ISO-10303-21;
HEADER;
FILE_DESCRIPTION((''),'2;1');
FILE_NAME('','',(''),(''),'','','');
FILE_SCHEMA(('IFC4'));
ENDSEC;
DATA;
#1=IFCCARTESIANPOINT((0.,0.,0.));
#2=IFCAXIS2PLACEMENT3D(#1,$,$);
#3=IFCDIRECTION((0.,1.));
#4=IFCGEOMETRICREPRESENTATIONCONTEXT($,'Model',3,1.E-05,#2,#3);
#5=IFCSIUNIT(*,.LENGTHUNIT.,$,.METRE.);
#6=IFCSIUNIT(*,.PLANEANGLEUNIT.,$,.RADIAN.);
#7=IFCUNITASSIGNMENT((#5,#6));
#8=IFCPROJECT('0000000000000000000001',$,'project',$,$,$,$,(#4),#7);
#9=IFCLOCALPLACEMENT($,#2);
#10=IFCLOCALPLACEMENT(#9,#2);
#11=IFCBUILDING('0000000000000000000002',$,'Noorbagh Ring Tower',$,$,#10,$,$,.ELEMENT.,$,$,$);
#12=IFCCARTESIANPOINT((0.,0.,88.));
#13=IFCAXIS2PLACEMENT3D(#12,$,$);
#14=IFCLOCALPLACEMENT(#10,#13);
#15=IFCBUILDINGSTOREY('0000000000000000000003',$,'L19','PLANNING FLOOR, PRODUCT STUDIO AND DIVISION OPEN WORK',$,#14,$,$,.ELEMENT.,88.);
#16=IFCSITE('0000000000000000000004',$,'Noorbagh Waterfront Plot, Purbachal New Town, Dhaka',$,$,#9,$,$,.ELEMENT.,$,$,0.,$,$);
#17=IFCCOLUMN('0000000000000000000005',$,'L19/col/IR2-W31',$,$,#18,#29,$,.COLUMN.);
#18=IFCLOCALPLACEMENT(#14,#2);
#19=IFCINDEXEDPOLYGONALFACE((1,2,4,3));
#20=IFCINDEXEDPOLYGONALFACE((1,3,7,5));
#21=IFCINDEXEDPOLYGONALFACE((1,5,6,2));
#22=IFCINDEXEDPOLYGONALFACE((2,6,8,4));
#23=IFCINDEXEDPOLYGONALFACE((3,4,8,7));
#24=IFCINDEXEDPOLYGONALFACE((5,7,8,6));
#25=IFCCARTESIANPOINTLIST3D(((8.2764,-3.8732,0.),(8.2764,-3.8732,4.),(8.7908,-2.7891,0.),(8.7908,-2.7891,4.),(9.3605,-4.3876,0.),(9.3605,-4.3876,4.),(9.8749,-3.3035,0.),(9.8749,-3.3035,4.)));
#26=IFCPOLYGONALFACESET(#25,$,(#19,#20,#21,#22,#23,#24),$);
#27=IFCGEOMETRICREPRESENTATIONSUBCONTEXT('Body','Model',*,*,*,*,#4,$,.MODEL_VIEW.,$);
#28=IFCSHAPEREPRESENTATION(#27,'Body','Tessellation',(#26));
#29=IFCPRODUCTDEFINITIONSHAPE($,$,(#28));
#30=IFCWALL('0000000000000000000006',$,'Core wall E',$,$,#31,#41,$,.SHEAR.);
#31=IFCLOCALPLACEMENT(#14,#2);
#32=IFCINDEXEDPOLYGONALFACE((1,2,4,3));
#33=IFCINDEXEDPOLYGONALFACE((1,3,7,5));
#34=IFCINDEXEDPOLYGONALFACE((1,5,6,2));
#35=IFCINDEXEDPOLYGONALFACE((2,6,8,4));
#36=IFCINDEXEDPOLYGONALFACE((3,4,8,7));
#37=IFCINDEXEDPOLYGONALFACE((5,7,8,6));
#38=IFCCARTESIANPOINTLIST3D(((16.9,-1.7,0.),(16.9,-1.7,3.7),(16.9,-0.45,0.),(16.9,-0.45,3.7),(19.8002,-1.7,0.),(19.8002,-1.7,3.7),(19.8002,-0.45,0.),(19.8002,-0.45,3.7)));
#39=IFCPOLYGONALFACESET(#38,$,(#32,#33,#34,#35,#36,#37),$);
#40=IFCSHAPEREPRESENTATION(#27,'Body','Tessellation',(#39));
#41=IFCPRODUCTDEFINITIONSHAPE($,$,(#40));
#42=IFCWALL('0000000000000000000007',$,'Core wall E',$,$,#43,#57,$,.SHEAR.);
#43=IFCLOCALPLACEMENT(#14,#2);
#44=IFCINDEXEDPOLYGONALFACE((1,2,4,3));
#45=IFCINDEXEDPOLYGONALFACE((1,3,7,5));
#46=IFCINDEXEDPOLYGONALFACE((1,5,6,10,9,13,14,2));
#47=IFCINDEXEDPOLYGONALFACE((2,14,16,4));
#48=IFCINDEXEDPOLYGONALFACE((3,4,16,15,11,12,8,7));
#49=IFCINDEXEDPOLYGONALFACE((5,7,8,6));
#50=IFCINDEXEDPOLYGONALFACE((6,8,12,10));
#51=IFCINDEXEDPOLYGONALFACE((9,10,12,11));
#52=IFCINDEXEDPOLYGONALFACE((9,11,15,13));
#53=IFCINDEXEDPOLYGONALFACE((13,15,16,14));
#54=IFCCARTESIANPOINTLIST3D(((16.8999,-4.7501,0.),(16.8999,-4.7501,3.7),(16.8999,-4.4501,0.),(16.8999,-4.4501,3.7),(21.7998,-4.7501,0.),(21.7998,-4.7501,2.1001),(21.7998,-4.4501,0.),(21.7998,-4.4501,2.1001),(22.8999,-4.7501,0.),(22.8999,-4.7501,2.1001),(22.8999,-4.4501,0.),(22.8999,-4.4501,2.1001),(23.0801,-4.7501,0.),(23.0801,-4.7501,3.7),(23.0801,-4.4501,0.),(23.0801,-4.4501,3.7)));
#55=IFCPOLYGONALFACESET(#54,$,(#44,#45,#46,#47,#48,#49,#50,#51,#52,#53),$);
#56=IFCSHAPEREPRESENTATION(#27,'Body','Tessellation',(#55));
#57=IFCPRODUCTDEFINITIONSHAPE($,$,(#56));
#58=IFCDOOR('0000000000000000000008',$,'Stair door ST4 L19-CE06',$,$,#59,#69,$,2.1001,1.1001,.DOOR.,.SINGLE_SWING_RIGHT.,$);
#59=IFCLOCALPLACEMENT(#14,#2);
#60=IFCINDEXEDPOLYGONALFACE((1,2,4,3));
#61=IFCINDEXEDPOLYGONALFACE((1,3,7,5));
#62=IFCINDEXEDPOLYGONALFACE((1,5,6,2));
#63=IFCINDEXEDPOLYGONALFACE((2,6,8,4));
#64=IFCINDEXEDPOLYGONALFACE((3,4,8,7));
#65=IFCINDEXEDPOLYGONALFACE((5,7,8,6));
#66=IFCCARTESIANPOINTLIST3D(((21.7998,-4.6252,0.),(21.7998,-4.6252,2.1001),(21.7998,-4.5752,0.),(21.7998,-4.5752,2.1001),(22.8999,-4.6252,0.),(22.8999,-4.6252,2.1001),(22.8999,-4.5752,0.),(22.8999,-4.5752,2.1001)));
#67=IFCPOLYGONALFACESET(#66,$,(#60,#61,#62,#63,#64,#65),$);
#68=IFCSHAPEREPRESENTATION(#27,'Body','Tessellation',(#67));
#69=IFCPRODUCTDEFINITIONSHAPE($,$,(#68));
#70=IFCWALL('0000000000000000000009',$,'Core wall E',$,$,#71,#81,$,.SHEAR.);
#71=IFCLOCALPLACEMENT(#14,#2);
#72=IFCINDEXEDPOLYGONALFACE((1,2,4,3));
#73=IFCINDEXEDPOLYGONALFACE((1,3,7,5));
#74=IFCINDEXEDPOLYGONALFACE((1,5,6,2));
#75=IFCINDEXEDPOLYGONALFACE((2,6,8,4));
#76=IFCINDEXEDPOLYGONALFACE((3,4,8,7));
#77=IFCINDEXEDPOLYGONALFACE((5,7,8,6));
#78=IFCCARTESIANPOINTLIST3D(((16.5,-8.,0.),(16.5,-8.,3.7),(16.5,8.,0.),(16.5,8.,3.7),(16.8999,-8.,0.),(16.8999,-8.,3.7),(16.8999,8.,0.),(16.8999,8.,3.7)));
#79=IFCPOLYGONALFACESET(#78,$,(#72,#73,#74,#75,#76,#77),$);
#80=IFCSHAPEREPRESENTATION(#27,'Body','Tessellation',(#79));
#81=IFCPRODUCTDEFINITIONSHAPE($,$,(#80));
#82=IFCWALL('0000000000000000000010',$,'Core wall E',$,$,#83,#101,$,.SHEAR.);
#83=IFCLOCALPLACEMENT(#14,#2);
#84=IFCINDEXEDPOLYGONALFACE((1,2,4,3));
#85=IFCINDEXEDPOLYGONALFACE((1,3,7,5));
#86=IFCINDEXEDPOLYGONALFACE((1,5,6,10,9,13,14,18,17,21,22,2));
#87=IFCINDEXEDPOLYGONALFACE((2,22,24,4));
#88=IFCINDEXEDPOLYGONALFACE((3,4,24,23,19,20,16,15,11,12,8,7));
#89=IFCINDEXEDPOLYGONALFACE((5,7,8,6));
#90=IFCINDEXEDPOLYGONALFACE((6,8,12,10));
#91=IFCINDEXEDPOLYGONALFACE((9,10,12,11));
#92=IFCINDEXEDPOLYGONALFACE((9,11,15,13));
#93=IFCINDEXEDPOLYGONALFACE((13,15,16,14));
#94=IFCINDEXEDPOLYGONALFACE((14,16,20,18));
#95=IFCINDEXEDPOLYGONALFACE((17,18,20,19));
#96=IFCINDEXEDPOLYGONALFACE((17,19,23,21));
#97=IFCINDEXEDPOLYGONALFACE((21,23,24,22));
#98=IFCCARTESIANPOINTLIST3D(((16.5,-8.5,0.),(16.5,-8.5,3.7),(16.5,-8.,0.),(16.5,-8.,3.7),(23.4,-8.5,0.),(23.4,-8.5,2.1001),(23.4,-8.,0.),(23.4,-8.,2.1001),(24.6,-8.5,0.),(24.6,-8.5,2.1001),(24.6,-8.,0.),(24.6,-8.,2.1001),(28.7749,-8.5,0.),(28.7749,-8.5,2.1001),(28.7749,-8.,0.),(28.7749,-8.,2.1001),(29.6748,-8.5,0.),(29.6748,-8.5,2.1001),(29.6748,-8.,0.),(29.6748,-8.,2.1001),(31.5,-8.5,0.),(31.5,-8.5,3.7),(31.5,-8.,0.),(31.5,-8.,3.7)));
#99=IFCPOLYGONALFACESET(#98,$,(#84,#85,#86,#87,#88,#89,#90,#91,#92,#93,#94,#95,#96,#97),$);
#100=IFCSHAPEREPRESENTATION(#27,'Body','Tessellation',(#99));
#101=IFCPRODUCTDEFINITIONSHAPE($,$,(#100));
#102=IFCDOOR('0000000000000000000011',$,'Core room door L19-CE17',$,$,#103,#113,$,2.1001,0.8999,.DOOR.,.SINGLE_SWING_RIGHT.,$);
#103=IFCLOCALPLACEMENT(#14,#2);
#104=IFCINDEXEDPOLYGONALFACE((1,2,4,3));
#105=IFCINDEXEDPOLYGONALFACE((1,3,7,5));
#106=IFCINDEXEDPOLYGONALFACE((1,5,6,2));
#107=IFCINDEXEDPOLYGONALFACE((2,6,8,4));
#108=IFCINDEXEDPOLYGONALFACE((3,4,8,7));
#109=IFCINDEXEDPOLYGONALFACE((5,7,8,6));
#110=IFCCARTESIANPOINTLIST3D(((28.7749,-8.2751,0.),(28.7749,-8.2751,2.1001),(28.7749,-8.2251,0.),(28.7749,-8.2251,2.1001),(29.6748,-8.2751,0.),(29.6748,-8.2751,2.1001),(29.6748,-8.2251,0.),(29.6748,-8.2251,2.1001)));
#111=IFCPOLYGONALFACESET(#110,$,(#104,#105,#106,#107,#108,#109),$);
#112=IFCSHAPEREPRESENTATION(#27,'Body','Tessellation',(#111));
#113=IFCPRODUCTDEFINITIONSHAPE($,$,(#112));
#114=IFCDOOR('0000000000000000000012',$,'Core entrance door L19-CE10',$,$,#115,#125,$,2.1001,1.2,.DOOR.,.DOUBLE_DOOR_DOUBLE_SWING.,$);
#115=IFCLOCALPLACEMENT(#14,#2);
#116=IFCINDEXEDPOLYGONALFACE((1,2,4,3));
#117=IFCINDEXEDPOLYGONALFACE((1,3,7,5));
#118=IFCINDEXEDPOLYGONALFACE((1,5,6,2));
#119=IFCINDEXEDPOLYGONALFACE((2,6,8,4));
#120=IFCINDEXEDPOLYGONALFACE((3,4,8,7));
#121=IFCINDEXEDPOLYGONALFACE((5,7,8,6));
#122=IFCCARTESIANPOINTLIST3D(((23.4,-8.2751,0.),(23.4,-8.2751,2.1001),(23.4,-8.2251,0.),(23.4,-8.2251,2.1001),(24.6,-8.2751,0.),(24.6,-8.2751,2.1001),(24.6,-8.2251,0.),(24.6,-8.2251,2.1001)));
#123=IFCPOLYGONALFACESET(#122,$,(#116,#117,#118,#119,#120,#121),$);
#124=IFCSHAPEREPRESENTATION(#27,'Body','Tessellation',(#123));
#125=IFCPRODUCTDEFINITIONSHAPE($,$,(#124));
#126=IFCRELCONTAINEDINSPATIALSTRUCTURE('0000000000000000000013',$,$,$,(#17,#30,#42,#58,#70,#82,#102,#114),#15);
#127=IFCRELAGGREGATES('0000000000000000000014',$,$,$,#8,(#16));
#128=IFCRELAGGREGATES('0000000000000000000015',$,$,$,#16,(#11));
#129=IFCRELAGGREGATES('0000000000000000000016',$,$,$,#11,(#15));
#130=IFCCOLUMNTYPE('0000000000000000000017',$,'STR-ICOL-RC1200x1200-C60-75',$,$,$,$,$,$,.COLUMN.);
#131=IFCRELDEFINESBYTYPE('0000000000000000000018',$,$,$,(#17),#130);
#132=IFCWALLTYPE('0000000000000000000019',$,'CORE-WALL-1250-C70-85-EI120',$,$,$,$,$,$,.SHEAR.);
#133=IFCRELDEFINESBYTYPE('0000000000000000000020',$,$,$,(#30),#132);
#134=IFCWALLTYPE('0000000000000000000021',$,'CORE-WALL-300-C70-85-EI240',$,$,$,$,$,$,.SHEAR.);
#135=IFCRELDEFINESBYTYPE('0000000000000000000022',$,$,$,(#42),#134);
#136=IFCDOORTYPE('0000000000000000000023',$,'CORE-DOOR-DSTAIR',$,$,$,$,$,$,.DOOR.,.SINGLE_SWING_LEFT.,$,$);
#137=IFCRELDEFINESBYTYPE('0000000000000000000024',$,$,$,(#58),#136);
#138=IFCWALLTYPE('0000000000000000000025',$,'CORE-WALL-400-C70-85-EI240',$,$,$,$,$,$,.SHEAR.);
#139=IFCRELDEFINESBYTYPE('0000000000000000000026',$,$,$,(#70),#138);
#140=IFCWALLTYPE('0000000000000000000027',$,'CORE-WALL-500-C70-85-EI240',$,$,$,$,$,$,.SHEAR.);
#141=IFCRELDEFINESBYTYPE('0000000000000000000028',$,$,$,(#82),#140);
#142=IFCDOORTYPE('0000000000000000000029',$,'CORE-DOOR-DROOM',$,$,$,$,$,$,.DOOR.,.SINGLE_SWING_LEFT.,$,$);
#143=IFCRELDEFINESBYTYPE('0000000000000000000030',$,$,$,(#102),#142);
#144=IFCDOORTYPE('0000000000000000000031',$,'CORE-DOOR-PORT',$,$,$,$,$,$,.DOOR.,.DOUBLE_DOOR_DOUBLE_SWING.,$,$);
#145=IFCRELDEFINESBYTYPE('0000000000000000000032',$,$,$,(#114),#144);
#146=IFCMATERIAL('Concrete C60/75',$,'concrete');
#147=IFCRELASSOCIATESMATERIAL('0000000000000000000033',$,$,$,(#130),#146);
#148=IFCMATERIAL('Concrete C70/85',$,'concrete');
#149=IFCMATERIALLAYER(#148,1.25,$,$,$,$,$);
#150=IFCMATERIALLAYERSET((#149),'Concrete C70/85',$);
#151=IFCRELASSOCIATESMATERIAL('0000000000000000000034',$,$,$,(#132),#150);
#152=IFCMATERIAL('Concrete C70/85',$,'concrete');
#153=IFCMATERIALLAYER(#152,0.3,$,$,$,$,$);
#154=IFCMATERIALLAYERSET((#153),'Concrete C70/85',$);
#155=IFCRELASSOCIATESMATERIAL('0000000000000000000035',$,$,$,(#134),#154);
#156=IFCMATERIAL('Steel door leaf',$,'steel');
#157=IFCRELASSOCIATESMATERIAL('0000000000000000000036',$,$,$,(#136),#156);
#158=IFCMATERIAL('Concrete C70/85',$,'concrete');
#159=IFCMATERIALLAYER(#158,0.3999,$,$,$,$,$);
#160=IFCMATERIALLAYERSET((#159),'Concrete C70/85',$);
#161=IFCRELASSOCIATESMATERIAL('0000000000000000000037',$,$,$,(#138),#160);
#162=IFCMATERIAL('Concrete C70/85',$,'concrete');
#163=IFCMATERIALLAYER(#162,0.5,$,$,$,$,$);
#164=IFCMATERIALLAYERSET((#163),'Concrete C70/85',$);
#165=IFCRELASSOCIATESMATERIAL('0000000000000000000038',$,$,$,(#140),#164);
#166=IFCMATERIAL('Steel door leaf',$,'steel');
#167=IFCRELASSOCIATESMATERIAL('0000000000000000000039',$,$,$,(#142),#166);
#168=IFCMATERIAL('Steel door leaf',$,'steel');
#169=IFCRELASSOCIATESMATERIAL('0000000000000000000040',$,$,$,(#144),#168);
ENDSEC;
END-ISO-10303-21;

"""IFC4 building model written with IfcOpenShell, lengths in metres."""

from ifc_helpers import new_model, si_unit, direction, frame, frame_2d, origin, origin_2d, place, context, subcontext, project, spatial, rectangle, extrude, material, layer, layer_set, material_profile, profile_set, type_object, element, fill, save


model = new_model("IFC4")

# Units and contexts
model_context = context("Model", 3, precision=1e-05, world=origin(), true_north=direction((0.0, 1.0)))
body_context = subcontext(model_context, "Body", "Model", "MODEL_VIEW")
ifc_project = project(units=[si_unit("LENGTHUNIT", "METRE"), si_unit("PLANEANGLEUNIT", "RADIAN")], contexts=[model_context])

# Site, building, storey
site_placement = place(None, origin())
site = spatial("IfcSite", under=ifc_project, at=site_placement, Name="Noorbagh Waterfront Plot, Purbachal New Town, Dhaka", CompositionType="ELEMENT", RefElevation=0.0)
building_placement = place(site_placement, origin())
building = spatial("IfcBuilding", under=site, at=building_placement, Name="Noorbagh Ring Tower", CompositionType="ELEMENT")
storey_placement = place(building_placement, frame((0.0, 0.0, 88.0)))
storey = spatial("IfcBuildingStorey", under=building, at=storey_placement, Name="L19", Description="PLANNING FLOOR, PRODUCT STUDIO AND DIVISION OPEN WORK", CompositionType="ELEMENT", Elevation=88.0)

# Column
ifc_material_1 = material(Name="Concrete C60/75", Category="concrete")
ifc_material_profile = material_profile(ifc_material_1, rectangle(XDim=1.2, YDim=1.2, at=origin_2d()), Name="RC1200x1200")
ifc_profile_set = profile_set([ifc_material_profile], Name="Concrete C60/75")
column_type = type_object("IfcColumnType", Name="STR-ICOL-RC1200x1200-C60-75", PredefinedType="COLUMN", material=ifc_profile_set)
column_placement = place(storey_placement, frame((9.0757, -3.5884, 0.0), z_axis=(0.0, 0.0, 1.0), x_axis=(0.428667, 0.903463, 0.0)))
element("IfcColumn", 1, at=column_placement, inside=storey, type_object=column_type, Name="L19/col/IR2-W31", PredefinedType="COLUMN", context=body_context, shape_type="SweptSolid", body=[
    extrude(rectangle(XDim=1.2, YDim=1.2, at=origin_2d()), origin(), (0.0, 0.0, 1.0), 4.0),
])

# Wall
ifc_material_2 = material(Name="Concrete C70/85", Category="concrete")
ifc_layer_1 = layer(ifc_material_2, 1.25)
ifc_layer_set_1 = layer_set([ifc_layer_1], Name="Concrete C70/85")
wall_type_1 = type_object("IfcWallType", Name="CORE-WALL-1250-C70-85-EI120", PredefinedType="SHEAR", material=ifc_layer_set_1)
wall_1_placement = place(storey_placement, frame((16.8999, -1.075, 0.0), z_axis=(0.0, 0.0, 1.0), x_axis=(1.0, 0.0, 0.0)))
element("IfcWall", 2, at=wall_1_placement, inside=storey, type_object=wall_type_1, Name="Core wall E", PredefinedType="SHEAR", context=body_context, shape_type="SweptSolid", body=[
    extrude(rectangle(XDim=2.9001, YDim=1.25, at=frame_2d((1.4502, 0.0))), origin(), (0.0, 0.0, 1.0), 3.7),
])

# Wall, opening, door
ifc_material_3 = material(Name="Concrete C70/85", Category="concrete")
ifc_layer_2 = layer(ifc_material_3, 0.3)
ifc_layer_set_2 = layer_set([ifc_layer_2], Name="Concrete C70/85")
wall_type_2 = type_object("IfcWallType", Name="CORE-WALL-300-C70-85-EI240", PredefinedType="SHEAR", material=ifc_layer_set_2)
wall_2_placement = place(storey_placement, frame((16.8999, -4.6001, 0.0), z_axis=(0.0, 0.0, 1.0), x_axis=(1.0, 0.0, 0.0)))
wall_2 = element("IfcWall", 3, at=wall_2_placement, inside=storey, type_object=wall_type_2, Name="Core wall E", PredefinedType="SHEAR", context=body_context, shape_type="SweptSolid", body=[
    extrude(rectangle(XDim=6.1802, YDim=0.3, at=frame_2d((3.0901, 0.0))), origin(), (0.0, 0.0, 1.0), 3.7),
])
opening_1_placement = place(wall_2_placement, frame((4.8999, 0.0, 0.0)))
opening_1 = element("IfcOpeningElement", 4, at=opening_1_placement, cuts=wall_2, PredefinedType="OPENING", context=body_context, shape_type="SweptSolid", body=[
    extrude(rectangle(XDim=1.1001, YDim=2.1001, at=frame_2d((0.55, 1.05))), frame((0.0, 0.1602, 0.0), z_axis=(0.0, -1.0, 0.0), x_axis=(1.0, 0.0, 0.0)), (0.0, 0.0, 1.0), 0.3201),
])
ifc_material_4 = material(Name="Steel door leaf", Category="steel")
door_type_1 = type_object("IfcDoorType", Name="CORE-DOOR-DSTAIR", OperationType="SINGLE_SWING_LEFT", PredefinedType="DOOR", material=ifc_material_4)
door_1_placement = place(opening_1_placement, origin())
door_1 = element("IfcDoor", 5, at=door_1_placement, inside=storey, type_object=door_type_1, Name="Stair door ST4 L19-CE06", OperationType="SINGLE_SWING_RIGHT", OverallHeight=2.1001, OverallWidth=1.1001, PredefinedType="DOOR", context=body_context, shape_type="SweptSolid", body=[
    extrude(rectangle(XDim=1.1001, YDim=2.1001, at=frame_2d((0.55, 1.05))), frame((0.0, 0.0249, 0.0), z_axis=(0.0, -1.0, 0.0), x_axis=(1.0, 0.0, 0.0)), (0.0, 0.0, 1.0), 0.05),
])
fill(opening_1, door_1)

# Wall
ifc_material_5 = material(Name="Concrete C70/85", Category="concrete")
ifc_layer_3 = layer(ifc_material_5, 0.3999)
ifc_layer_set_3 = layer_set([ifc_layer_3], Name="Concrete C70/85")
wall_type_3 = type_object("IfcWallType", Name="CORE-WALL-400-C70-85-EI240", PredefinedType="SHEAR", material=ifc_layer_set_3)
wall_3_placement = place(storey_placement, frame((16.7, -8.0, 0.0), z_axis=(0.0, 0.0, 1.0), x_axis=(0.0, 1.0, 0.0)))
element("IfcWall", 6, at=wall_3_placement, inside=storey, type_object=wall_type_3, Name="Core wall E", PredefinedType="SHEAR", context=body_context, shape_type="SweptSolid", body=[
    extrude(rectangle(XDim=16.0, YDim=0.3999, at=frame_2d((8.0, 0.0))), origin(), (0.0, 0.0, 1.0), 3.7),
])

# Wall, openings, doors
ifc_material_6 = material(Name="Concrete C70/85", Category="concrete")
ifc_layer_4 = layer(ifc_material_6, 0.5)
ifc_layer_set_4 = layer_set([ifc_layer_4], Name="Concrete C70/85")
wall_type_4 = type_object("IfcWallType", Name="CORE-WALL-500-C70-85-EI240", PredefinedType="SHEAR", material=ifc_layer_set_4)
wall_4_placement = place(storey_placement, frame((16.5, -8.25, 0.0), z_axis=(0.0, 0.0, 1.0), x_axis=(1.0, 0.0, 0.0)))
wall_4 = element("IfcWall", 7, at=wall_4_placement, inside=storey, type_object=wall_type_4, Name="Core wall E", PredefinedType="SHEAR", context=body_context, shape_type="SweptSolid", body=[
    extrude(rectangle(XDim=15.0, YDim=0.5, at=frame_2d((7.5, 0.0))), origin(), (0.0, 0.0, 1.0), 3.7),
])
opening_2_placement = place(wall_4_placement, frame((6.8999, 0.0, 0.0)))
opening_2 = element("IfcOpeningElement", 8, at=opening_2_placement, cuts=wall_4, PredefinedType="OPENING", context=body_context, shape_type="SweptSolid", body=[
    extrude(rectangle(XDim=1.2, YDim=2.1001, at=frame_2d((0.6001, 1.05))), frame((0.0, 0.26, 0.0), z_axis=(0.0, -1.0, 0.0), x_axis=(1.0, 0.0, 0.0)), (0.0, 0.0, 1.0), 0.52),
])
opening_3_placement = place(wall_4_placement, frame((12.2749, 0.0, 0.0)))
opening_3 = element("IfcOpeningElement", 9, at=opening_3_placement, cuts=wall_4, PredefinedType="OPENING", context=body_context, shape_type="SweptSolid", body=[
    extrude(rectangle(XDim=0.8999, YDim=2.1001, at=frame_2d((0.45, 1.05))), frame((0.0, 0.26, 0.0), z_axis=(0.0, -1.0, 0.0), x_axis=(1.0, 0.0, 0.0)), (0.0, 0.0, 1.0), 0.52),
])
ifc_material_7 = material(Name="Steel door leaf", Category="steel")
door_type_2 = type_object("IfcDoorType", Name="CORE-DOOR-DROOM", OperationType="SINGLE_SWING_LEFT", PredefinedType="DOOR", material=ifc_material_7)
door_2_placement = place(opening_3_placement, origin())
door_2 = element("IfcDoor", 10, at=door_2_placement, inside=storey, type_object=door_type_2, Name="Core room door L19-CE17", OperationType="SINGLE_SWING_RIGHT", OverallHeight=2.1001, OverallWidth=0.8999, PredefinedType="DOOR", context=body_context, shape_type="SweptSolid", body=[
    extrude(rectangle(XDim=0.8999, YDim=2.1001, at=frame_2d((0.45, 1.05))), frame((0.0, 0.0249, 0.0), z_axis=(0.0, -1.0, 0.0), x_axis=(1.0, 0.0, 0.0)), (0.0, 0.0, 1.0), 0.05),
])
fill(opening_3, door_2)
ifc_material_8 = material(Name="Steel door leaf", Category="steel")
door_type_3 = type_object("IfcDoorType", Name="CORE-DOOR-PORT", OperationType="DOUBLE_DOOR_DOUBLE_SWING", PredefinedType="DOOR", material=ifc_material_8)
door_3_placement = place(opening_2_placement, origin())
door_3 = element("IfcDoor", 11, at=door_3_placement, inside=storey, type_object=door_type_3, Name="Core entrance door L19-CE10", OperationType="DOUBLE_DOOR_DOUBLE_SWING", OverallHeight=2.1001, OverallWidth=1.2, PredefinedType="DOOR", context=body_context, shape_type="SweptSolid", body=[
    extrude(rectangle(XDim=1.2, YDim=2.1001, at=frame_2d((0.6001, 1.05))), frame((0.0, 0.0249, 0.0), z_axis=(0.0, -1.0, 0.0), x_axis=(1.0, 0.0, 0.0)), (0.0, 0.0, 1.0), 0.05),
])
fill(opening_2, door_3)

save(model, "model.ifc")
